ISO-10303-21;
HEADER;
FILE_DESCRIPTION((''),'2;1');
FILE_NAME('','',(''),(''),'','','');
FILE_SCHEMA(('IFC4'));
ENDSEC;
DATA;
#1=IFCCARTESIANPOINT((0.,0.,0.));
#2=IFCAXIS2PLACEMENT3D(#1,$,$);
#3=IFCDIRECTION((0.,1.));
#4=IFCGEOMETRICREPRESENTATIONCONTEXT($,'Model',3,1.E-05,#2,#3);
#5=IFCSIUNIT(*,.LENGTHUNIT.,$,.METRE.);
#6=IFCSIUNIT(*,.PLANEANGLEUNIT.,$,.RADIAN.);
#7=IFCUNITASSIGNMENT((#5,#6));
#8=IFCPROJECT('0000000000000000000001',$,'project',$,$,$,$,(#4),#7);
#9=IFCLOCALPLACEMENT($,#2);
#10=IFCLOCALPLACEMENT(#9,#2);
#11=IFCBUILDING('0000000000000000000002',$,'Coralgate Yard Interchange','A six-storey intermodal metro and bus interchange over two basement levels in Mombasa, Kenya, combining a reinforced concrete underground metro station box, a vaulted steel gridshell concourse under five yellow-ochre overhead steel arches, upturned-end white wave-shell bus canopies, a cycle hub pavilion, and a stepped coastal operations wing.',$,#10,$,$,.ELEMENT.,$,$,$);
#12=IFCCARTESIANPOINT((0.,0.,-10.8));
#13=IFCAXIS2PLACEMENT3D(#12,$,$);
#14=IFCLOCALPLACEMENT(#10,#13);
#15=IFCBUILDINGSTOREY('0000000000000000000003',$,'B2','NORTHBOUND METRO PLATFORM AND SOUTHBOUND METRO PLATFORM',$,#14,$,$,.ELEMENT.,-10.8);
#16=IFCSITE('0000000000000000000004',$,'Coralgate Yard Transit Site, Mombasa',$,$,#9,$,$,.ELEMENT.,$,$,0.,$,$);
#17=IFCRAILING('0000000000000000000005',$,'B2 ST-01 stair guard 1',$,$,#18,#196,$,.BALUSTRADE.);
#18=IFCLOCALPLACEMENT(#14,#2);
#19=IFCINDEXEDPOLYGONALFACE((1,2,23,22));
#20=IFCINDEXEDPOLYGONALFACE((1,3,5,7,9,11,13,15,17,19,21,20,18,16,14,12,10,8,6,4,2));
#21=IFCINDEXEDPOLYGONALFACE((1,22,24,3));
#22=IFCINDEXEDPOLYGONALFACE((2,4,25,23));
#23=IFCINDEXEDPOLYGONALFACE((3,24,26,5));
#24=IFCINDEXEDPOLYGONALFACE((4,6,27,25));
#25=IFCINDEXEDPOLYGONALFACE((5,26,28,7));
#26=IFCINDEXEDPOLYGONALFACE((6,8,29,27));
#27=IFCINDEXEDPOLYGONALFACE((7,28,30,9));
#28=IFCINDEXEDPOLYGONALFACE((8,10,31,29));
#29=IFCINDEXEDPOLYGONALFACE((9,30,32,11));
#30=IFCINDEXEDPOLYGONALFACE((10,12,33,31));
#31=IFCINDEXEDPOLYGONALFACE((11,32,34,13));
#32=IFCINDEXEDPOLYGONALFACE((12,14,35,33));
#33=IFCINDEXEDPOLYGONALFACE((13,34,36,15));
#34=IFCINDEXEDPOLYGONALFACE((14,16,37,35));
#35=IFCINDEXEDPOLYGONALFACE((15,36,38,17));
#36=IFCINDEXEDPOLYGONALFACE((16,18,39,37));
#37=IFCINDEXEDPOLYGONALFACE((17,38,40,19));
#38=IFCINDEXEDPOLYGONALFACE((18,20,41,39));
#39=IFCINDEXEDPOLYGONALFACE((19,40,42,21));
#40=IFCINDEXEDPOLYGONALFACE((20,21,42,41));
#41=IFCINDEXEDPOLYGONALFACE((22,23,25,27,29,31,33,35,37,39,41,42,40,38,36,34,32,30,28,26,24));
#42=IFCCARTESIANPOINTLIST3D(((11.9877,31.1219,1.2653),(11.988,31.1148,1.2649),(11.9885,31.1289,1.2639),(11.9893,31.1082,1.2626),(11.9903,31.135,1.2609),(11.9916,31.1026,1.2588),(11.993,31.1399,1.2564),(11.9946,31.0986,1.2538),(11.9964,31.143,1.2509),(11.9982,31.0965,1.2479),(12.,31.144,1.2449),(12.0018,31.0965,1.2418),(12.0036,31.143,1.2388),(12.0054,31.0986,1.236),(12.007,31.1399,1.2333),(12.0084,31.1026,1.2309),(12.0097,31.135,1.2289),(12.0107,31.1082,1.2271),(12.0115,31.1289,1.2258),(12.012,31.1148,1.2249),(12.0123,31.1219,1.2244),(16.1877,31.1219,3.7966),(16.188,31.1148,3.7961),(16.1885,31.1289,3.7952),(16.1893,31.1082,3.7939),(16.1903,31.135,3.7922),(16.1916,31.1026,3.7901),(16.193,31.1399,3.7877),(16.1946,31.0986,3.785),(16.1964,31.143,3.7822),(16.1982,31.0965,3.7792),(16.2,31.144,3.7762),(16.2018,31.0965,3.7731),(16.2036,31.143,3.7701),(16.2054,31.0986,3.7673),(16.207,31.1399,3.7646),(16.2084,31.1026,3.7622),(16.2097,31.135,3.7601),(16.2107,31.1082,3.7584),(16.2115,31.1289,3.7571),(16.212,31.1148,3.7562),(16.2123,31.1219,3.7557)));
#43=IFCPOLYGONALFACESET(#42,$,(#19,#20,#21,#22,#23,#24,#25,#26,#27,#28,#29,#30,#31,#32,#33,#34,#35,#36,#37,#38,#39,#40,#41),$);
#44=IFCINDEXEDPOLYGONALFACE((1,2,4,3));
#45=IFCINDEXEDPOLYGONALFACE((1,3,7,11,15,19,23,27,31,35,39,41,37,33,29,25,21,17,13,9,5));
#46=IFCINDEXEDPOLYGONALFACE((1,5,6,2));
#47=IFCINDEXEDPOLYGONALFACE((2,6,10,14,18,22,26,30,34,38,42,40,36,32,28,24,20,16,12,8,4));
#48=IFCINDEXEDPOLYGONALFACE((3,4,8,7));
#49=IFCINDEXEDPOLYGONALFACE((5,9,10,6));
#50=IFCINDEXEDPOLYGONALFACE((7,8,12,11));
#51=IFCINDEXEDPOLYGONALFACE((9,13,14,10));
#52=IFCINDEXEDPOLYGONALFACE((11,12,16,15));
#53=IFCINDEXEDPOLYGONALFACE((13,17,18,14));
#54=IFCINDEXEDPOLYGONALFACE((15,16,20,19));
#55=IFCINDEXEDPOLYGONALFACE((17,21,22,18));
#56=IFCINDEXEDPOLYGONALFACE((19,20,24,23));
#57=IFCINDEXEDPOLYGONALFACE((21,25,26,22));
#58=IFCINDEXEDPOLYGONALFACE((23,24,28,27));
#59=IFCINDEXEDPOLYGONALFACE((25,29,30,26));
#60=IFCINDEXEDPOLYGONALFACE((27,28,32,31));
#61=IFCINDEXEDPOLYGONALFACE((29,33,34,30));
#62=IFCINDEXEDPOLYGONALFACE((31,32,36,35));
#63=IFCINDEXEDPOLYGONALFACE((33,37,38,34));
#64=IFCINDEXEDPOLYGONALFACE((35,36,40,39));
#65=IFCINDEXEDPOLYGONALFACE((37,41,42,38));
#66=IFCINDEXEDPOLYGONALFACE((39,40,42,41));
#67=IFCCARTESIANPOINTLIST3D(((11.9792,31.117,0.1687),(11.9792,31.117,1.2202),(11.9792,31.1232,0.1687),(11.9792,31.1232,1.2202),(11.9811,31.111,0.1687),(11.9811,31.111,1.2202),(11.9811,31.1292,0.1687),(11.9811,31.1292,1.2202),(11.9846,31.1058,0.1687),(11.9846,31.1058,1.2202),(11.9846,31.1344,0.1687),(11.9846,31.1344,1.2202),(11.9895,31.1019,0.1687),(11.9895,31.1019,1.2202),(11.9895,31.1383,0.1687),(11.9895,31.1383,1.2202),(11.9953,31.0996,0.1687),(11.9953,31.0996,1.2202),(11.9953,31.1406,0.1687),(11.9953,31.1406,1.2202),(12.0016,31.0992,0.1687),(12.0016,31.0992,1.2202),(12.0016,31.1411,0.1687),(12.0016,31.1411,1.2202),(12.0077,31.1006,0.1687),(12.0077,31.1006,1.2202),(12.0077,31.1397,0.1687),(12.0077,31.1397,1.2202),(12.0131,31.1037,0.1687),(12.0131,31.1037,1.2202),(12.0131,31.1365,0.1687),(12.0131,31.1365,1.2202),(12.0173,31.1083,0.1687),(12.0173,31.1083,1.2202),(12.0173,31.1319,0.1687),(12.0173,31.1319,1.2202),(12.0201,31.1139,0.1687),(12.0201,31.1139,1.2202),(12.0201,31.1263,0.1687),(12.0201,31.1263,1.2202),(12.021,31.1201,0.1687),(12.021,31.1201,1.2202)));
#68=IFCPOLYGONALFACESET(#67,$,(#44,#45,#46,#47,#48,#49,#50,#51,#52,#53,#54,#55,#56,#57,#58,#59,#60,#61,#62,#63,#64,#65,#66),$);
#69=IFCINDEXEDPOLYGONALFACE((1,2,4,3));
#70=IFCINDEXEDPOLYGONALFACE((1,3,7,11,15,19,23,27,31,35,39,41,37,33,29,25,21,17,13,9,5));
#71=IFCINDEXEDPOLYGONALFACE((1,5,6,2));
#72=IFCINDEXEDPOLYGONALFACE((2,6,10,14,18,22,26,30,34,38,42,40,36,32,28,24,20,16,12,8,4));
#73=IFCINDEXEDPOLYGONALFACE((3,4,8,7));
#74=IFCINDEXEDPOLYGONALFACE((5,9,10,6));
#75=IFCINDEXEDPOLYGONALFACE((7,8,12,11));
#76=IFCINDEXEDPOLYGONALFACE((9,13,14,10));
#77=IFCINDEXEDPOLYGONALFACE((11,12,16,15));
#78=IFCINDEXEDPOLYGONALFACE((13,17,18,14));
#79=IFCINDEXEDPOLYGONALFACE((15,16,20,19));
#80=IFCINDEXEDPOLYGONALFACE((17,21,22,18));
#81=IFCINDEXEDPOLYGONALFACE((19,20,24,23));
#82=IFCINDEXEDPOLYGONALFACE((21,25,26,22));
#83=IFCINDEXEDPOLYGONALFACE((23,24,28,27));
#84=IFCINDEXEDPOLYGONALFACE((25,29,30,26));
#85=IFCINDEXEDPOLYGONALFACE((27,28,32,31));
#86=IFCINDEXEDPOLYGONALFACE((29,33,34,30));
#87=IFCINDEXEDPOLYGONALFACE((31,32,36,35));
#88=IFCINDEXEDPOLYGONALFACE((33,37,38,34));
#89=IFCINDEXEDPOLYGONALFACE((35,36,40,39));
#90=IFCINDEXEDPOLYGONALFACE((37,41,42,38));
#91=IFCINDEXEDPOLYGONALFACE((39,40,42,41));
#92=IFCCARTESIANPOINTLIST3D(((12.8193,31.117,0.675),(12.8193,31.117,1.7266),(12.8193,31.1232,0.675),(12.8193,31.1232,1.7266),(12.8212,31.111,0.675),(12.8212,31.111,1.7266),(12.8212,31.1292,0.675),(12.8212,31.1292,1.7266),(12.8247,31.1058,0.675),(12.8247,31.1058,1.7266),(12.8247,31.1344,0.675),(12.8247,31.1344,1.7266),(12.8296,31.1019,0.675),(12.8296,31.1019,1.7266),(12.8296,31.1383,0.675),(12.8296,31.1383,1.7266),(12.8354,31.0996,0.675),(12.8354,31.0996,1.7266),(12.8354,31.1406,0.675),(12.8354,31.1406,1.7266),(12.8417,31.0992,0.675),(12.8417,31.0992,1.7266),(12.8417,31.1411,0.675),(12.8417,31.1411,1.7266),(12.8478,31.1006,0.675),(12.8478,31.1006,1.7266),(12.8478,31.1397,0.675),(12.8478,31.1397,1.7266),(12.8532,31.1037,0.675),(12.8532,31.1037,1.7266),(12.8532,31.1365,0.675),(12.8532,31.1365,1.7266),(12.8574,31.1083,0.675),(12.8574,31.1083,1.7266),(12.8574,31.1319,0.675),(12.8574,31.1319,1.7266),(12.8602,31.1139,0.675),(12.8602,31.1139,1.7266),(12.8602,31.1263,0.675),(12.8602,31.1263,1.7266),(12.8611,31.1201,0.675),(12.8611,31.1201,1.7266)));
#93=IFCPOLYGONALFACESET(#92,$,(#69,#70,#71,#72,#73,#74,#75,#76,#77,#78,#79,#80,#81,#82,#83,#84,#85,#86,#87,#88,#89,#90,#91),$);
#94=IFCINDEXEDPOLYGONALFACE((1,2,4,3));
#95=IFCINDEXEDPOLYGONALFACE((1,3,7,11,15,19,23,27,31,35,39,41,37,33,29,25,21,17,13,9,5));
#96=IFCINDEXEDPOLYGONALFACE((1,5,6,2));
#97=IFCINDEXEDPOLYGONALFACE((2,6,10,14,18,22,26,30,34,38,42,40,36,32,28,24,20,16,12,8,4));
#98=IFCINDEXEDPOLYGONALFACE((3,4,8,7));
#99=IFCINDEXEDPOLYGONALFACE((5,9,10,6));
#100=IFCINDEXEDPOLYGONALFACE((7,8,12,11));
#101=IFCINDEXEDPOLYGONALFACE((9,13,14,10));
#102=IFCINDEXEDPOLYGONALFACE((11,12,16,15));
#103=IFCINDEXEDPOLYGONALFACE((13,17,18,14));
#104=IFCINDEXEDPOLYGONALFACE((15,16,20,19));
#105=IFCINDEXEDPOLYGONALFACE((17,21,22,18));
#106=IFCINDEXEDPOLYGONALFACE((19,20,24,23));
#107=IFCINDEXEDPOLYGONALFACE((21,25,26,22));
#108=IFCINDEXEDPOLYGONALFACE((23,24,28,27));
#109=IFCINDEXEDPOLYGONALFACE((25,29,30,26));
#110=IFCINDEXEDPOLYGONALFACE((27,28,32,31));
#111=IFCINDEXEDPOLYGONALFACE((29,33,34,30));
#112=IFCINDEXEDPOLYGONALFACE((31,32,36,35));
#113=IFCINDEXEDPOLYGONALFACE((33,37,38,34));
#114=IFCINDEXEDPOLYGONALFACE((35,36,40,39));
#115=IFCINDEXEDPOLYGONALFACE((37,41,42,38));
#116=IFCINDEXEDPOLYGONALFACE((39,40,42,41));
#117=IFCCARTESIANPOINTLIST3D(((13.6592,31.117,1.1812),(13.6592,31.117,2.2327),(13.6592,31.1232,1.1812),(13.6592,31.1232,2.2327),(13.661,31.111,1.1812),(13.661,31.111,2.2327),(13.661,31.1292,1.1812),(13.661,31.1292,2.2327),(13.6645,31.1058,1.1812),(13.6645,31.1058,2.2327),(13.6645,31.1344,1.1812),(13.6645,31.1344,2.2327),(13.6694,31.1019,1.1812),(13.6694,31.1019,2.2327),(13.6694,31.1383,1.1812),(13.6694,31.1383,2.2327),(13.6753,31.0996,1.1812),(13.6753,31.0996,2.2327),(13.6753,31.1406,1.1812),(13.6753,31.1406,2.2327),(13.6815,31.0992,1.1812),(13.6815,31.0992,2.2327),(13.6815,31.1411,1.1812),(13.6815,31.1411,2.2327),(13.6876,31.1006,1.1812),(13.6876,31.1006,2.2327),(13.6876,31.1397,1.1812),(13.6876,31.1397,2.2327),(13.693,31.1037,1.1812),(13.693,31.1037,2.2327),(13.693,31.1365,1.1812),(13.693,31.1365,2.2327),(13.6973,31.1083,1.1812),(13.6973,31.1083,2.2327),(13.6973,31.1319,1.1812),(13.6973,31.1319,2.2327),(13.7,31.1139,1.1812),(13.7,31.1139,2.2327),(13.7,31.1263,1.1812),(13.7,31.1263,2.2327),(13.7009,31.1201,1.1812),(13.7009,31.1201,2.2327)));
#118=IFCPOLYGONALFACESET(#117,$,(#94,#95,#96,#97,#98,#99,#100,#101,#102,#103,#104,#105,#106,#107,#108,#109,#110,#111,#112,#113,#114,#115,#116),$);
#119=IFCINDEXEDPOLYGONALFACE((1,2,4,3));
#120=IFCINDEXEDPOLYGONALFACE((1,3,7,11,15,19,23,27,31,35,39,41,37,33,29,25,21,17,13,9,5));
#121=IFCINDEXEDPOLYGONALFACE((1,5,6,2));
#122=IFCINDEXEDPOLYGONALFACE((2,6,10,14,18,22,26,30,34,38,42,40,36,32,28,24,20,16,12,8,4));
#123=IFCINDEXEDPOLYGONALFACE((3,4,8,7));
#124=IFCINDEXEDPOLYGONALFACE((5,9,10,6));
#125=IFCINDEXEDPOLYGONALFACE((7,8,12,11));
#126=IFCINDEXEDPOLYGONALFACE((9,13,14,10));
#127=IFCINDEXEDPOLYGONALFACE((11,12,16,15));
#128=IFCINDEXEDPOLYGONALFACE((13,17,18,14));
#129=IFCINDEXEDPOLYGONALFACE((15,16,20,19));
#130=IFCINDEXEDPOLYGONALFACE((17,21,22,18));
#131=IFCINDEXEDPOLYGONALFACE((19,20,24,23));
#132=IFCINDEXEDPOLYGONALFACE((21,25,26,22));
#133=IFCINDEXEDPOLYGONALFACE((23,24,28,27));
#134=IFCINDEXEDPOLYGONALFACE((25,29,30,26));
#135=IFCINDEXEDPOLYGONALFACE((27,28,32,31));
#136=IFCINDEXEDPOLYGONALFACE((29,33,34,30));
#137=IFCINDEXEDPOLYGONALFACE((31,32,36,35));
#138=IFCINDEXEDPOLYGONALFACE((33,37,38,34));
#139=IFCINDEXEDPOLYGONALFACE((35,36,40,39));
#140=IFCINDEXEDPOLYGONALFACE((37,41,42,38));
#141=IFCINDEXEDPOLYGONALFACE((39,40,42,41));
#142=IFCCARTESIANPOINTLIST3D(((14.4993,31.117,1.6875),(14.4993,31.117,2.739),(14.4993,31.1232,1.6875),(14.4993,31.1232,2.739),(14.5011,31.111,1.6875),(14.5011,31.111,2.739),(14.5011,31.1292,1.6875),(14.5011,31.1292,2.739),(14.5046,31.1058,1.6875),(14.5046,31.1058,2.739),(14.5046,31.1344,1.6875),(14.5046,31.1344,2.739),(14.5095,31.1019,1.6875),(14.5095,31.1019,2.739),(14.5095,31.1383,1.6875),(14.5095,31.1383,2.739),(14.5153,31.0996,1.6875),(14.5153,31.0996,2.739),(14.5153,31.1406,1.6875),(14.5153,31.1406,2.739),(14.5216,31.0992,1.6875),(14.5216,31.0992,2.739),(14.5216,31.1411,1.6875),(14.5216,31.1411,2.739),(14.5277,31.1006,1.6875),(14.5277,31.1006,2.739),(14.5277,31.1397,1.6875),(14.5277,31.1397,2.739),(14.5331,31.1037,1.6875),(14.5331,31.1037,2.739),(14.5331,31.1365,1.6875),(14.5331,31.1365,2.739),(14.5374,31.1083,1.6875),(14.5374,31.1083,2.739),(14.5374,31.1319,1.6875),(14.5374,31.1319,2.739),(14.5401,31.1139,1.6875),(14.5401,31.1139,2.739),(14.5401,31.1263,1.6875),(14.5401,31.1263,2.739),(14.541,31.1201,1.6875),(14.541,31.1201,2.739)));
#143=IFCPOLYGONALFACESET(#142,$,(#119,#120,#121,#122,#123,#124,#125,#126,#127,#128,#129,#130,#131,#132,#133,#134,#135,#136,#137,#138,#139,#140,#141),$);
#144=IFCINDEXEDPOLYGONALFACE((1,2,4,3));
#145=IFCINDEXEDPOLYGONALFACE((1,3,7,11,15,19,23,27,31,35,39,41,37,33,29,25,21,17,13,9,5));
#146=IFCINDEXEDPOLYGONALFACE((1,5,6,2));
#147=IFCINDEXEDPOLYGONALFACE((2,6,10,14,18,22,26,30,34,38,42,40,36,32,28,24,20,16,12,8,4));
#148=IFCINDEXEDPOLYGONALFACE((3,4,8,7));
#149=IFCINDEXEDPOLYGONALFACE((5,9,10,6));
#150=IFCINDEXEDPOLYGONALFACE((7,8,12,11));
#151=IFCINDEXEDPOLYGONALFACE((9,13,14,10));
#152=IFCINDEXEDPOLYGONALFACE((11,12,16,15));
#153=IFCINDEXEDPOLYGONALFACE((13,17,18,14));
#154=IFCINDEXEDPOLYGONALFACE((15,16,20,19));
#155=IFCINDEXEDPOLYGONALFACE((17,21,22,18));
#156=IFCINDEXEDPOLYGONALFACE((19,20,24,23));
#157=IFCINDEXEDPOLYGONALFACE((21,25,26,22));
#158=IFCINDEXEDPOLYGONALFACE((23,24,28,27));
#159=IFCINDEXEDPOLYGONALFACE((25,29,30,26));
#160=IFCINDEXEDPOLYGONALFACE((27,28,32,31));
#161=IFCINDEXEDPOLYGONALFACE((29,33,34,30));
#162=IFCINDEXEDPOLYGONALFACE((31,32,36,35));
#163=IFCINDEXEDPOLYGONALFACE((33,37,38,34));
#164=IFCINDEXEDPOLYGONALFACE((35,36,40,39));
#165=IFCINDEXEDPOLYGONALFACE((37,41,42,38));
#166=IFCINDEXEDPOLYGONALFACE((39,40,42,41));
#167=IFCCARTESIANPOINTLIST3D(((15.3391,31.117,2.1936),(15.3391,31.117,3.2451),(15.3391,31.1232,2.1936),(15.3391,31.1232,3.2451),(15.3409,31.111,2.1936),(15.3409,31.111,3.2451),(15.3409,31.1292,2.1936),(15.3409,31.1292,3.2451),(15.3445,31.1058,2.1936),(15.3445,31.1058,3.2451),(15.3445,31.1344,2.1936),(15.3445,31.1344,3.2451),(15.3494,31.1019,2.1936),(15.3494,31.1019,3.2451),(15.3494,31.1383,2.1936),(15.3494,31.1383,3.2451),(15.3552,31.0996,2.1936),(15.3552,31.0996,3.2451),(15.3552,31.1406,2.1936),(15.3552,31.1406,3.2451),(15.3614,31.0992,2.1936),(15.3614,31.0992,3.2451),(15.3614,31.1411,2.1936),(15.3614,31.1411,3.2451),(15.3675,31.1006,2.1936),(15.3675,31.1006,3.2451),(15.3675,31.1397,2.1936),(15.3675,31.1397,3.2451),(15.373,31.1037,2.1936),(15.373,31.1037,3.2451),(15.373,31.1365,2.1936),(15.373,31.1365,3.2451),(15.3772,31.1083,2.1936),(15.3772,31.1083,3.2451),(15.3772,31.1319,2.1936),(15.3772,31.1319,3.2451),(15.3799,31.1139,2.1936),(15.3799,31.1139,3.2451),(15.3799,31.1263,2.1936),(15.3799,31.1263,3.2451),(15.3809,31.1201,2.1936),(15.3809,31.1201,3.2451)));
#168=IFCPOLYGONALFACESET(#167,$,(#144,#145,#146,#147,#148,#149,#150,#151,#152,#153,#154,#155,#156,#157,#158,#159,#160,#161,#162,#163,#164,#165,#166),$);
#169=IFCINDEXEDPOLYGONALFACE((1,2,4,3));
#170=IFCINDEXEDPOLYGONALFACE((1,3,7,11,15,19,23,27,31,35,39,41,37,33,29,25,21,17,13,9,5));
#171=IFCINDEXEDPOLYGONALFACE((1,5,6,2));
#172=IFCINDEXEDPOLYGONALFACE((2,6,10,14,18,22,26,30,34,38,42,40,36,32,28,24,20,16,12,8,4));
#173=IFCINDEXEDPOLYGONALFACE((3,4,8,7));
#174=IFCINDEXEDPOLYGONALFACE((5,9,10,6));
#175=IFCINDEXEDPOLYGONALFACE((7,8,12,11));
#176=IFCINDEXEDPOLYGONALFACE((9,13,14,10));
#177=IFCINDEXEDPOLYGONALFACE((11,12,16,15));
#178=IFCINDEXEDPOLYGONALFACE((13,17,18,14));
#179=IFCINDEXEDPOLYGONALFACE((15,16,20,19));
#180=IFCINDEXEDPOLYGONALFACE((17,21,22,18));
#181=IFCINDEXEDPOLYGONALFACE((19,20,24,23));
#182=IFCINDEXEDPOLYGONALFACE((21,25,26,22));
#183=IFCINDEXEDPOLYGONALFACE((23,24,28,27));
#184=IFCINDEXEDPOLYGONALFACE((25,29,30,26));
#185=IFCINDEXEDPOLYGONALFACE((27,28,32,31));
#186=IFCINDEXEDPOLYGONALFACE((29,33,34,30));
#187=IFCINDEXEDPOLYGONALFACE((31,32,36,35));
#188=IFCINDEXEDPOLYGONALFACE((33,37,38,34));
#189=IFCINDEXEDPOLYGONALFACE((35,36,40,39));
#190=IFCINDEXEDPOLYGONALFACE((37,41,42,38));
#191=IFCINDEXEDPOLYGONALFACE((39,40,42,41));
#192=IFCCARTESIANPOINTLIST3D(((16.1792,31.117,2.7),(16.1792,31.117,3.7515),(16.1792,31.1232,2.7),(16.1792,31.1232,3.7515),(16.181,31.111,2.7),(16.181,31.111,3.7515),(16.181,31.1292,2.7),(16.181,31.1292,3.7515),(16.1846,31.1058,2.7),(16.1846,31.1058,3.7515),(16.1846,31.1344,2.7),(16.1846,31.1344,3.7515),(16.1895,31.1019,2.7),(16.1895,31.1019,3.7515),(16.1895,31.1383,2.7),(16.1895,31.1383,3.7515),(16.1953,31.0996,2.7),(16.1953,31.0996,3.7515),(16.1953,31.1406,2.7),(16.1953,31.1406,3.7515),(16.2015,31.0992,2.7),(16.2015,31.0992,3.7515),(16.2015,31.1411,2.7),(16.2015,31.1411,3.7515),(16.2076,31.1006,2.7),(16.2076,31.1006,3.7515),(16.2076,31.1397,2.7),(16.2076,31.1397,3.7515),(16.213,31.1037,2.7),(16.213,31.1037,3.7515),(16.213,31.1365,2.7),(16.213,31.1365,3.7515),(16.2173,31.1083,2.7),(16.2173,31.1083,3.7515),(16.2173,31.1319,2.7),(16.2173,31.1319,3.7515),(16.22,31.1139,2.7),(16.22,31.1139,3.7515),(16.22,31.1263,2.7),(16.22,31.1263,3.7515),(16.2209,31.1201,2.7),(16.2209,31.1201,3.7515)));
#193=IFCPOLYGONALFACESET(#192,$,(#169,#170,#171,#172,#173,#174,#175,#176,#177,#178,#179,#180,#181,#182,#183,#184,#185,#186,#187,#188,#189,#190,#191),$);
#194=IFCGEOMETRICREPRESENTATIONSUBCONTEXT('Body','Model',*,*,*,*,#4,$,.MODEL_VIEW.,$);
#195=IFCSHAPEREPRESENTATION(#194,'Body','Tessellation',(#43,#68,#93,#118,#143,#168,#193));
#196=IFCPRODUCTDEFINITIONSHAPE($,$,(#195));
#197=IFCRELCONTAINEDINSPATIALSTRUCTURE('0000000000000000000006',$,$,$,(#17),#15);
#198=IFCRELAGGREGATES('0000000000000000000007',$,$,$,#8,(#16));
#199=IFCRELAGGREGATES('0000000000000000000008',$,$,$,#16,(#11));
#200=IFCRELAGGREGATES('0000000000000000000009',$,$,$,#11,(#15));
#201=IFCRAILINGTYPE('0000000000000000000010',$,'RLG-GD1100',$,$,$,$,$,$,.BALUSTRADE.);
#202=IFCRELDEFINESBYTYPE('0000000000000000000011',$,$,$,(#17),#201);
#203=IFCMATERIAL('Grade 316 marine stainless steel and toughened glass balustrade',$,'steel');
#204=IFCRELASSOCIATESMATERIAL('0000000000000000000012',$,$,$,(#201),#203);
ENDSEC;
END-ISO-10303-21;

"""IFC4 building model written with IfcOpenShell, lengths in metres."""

from ifc_helpers import new_model, si_unit, direction, frame, origin, origin_2d, place, context, subcontext, project, spatial, circle, extrude, material, type_object, element, save


model = new_model("IFC4")

# Units and contexts
model_context = context("Model", 3, precision=1e-05, world=origin(), true_north=direction((0.0, 1.0)))
body_context = subcontext(model_context, "Body", "Model", "MODEL_VIEW")
ifc_project = project(units=[si_unit("LENGTHUNIT", "METRE"), si_unit("PLANEANGLEUNIT", "RADIAN")], contexts=[model_context])

# Site, building, storey
site_placement = place(None, origin())
site = spatial("IfcSite", under=ifc_project, at=site_placement, Name="Coralgate Yard Transit Site, Mombasa", CompositionType="ELEMENT", RefElevation=0.0)
building_placement = place(site_placement, origin())
building = spatial("IfcBuilding", under=site, at=building_placement, Name="Coralgate Yard Interchange", Description="A six-storey intermodal metro and bus interchange over two basement levels in Mombasa, Kenya, combining a reinforced concrete underground metro station box, a vaulted steel gridshell concourse under five yellow-ochre overhead steel arches, upturned-end white wave-shell bus canopies, a cycle hub pavilion, and a stepped coastal operations wing.", CompositionType="ELEMENT")
storey_placement = place(building_placement, frame((0.0, 0.0, -10.8)))
storey = spatial("IfcBuildingStorey", under=building, at=storey_placement, Name="B2", Description="NORTHBOUND METRO PLATFORM AND SOUTHBOUND METRO PLATFORM", CompositionType="ELEMENT", Elevation=-10.8)

# Railing
ifc_material_1 = material(Name="Grade 316 marine stainless steel and toughened glass balustrade", Category="steel")
railing_type_1 = type_object("IfcRailingType", Name="RLG-GD1100", PredefinedType="BALUSTRADE", material=ifc_material_1)
railing_1_placement = place(storey_placement, frame((12.0, 31.1201, 0.1687)))
element("IfcRailing", 1, at=railing_1_placement, inside=storey, type_object=railing_type_1, Name="B2 ST-01 stair guard 1", PredefinedType="BALUSTRADE", context=body_context, shape_type="SweptSolid", body=[
    extrude(circle(Radius=0.0239, at=origin_2d()), frame((0.0, 0.0, 1.0762), z_axis=(0.856476, 0.0, 0.516186), x_axis=(0.0, 1.0, 0.0)), (0.0, 0.0, 1.0), 4.9038),
    extrude(circle(Radius=0.021, at=origin_2d()), origin(), (0.0, 0.0, 1.0), 1.0515),
    extrude(circle(Radius=0.021, at=origin_2d()), frame((0.8401, 0.0, 0.5063)), (0.0, 0.0, 1.0), 1.0515),
    extrude(circle(Radius=0.021, at=origin_2d()), frame((1.6799, 0.0, 1.0125)), (0.0, 0.0, 1.0), 1.0515),
    extrude(circle(Radius=0.021, at=origin_2d()), frame((2.52, 0.0, 1.5188)), (0.0, 0.0, 1.0), 1.0515),
    extrude(circle(Radius=0.021, at=origin_2d()), frame((3.3599, 0.0, 2.0249)), (0.0, 0.0, 1.0), 1.0515),
    extrude(circle(Radius=0.021, at=origin_2d()), frame((4.2, 0.0, 2.5312)), (0.0, 0.0, 1.0), 1.0515),
])

save(model, "model.ifc")
